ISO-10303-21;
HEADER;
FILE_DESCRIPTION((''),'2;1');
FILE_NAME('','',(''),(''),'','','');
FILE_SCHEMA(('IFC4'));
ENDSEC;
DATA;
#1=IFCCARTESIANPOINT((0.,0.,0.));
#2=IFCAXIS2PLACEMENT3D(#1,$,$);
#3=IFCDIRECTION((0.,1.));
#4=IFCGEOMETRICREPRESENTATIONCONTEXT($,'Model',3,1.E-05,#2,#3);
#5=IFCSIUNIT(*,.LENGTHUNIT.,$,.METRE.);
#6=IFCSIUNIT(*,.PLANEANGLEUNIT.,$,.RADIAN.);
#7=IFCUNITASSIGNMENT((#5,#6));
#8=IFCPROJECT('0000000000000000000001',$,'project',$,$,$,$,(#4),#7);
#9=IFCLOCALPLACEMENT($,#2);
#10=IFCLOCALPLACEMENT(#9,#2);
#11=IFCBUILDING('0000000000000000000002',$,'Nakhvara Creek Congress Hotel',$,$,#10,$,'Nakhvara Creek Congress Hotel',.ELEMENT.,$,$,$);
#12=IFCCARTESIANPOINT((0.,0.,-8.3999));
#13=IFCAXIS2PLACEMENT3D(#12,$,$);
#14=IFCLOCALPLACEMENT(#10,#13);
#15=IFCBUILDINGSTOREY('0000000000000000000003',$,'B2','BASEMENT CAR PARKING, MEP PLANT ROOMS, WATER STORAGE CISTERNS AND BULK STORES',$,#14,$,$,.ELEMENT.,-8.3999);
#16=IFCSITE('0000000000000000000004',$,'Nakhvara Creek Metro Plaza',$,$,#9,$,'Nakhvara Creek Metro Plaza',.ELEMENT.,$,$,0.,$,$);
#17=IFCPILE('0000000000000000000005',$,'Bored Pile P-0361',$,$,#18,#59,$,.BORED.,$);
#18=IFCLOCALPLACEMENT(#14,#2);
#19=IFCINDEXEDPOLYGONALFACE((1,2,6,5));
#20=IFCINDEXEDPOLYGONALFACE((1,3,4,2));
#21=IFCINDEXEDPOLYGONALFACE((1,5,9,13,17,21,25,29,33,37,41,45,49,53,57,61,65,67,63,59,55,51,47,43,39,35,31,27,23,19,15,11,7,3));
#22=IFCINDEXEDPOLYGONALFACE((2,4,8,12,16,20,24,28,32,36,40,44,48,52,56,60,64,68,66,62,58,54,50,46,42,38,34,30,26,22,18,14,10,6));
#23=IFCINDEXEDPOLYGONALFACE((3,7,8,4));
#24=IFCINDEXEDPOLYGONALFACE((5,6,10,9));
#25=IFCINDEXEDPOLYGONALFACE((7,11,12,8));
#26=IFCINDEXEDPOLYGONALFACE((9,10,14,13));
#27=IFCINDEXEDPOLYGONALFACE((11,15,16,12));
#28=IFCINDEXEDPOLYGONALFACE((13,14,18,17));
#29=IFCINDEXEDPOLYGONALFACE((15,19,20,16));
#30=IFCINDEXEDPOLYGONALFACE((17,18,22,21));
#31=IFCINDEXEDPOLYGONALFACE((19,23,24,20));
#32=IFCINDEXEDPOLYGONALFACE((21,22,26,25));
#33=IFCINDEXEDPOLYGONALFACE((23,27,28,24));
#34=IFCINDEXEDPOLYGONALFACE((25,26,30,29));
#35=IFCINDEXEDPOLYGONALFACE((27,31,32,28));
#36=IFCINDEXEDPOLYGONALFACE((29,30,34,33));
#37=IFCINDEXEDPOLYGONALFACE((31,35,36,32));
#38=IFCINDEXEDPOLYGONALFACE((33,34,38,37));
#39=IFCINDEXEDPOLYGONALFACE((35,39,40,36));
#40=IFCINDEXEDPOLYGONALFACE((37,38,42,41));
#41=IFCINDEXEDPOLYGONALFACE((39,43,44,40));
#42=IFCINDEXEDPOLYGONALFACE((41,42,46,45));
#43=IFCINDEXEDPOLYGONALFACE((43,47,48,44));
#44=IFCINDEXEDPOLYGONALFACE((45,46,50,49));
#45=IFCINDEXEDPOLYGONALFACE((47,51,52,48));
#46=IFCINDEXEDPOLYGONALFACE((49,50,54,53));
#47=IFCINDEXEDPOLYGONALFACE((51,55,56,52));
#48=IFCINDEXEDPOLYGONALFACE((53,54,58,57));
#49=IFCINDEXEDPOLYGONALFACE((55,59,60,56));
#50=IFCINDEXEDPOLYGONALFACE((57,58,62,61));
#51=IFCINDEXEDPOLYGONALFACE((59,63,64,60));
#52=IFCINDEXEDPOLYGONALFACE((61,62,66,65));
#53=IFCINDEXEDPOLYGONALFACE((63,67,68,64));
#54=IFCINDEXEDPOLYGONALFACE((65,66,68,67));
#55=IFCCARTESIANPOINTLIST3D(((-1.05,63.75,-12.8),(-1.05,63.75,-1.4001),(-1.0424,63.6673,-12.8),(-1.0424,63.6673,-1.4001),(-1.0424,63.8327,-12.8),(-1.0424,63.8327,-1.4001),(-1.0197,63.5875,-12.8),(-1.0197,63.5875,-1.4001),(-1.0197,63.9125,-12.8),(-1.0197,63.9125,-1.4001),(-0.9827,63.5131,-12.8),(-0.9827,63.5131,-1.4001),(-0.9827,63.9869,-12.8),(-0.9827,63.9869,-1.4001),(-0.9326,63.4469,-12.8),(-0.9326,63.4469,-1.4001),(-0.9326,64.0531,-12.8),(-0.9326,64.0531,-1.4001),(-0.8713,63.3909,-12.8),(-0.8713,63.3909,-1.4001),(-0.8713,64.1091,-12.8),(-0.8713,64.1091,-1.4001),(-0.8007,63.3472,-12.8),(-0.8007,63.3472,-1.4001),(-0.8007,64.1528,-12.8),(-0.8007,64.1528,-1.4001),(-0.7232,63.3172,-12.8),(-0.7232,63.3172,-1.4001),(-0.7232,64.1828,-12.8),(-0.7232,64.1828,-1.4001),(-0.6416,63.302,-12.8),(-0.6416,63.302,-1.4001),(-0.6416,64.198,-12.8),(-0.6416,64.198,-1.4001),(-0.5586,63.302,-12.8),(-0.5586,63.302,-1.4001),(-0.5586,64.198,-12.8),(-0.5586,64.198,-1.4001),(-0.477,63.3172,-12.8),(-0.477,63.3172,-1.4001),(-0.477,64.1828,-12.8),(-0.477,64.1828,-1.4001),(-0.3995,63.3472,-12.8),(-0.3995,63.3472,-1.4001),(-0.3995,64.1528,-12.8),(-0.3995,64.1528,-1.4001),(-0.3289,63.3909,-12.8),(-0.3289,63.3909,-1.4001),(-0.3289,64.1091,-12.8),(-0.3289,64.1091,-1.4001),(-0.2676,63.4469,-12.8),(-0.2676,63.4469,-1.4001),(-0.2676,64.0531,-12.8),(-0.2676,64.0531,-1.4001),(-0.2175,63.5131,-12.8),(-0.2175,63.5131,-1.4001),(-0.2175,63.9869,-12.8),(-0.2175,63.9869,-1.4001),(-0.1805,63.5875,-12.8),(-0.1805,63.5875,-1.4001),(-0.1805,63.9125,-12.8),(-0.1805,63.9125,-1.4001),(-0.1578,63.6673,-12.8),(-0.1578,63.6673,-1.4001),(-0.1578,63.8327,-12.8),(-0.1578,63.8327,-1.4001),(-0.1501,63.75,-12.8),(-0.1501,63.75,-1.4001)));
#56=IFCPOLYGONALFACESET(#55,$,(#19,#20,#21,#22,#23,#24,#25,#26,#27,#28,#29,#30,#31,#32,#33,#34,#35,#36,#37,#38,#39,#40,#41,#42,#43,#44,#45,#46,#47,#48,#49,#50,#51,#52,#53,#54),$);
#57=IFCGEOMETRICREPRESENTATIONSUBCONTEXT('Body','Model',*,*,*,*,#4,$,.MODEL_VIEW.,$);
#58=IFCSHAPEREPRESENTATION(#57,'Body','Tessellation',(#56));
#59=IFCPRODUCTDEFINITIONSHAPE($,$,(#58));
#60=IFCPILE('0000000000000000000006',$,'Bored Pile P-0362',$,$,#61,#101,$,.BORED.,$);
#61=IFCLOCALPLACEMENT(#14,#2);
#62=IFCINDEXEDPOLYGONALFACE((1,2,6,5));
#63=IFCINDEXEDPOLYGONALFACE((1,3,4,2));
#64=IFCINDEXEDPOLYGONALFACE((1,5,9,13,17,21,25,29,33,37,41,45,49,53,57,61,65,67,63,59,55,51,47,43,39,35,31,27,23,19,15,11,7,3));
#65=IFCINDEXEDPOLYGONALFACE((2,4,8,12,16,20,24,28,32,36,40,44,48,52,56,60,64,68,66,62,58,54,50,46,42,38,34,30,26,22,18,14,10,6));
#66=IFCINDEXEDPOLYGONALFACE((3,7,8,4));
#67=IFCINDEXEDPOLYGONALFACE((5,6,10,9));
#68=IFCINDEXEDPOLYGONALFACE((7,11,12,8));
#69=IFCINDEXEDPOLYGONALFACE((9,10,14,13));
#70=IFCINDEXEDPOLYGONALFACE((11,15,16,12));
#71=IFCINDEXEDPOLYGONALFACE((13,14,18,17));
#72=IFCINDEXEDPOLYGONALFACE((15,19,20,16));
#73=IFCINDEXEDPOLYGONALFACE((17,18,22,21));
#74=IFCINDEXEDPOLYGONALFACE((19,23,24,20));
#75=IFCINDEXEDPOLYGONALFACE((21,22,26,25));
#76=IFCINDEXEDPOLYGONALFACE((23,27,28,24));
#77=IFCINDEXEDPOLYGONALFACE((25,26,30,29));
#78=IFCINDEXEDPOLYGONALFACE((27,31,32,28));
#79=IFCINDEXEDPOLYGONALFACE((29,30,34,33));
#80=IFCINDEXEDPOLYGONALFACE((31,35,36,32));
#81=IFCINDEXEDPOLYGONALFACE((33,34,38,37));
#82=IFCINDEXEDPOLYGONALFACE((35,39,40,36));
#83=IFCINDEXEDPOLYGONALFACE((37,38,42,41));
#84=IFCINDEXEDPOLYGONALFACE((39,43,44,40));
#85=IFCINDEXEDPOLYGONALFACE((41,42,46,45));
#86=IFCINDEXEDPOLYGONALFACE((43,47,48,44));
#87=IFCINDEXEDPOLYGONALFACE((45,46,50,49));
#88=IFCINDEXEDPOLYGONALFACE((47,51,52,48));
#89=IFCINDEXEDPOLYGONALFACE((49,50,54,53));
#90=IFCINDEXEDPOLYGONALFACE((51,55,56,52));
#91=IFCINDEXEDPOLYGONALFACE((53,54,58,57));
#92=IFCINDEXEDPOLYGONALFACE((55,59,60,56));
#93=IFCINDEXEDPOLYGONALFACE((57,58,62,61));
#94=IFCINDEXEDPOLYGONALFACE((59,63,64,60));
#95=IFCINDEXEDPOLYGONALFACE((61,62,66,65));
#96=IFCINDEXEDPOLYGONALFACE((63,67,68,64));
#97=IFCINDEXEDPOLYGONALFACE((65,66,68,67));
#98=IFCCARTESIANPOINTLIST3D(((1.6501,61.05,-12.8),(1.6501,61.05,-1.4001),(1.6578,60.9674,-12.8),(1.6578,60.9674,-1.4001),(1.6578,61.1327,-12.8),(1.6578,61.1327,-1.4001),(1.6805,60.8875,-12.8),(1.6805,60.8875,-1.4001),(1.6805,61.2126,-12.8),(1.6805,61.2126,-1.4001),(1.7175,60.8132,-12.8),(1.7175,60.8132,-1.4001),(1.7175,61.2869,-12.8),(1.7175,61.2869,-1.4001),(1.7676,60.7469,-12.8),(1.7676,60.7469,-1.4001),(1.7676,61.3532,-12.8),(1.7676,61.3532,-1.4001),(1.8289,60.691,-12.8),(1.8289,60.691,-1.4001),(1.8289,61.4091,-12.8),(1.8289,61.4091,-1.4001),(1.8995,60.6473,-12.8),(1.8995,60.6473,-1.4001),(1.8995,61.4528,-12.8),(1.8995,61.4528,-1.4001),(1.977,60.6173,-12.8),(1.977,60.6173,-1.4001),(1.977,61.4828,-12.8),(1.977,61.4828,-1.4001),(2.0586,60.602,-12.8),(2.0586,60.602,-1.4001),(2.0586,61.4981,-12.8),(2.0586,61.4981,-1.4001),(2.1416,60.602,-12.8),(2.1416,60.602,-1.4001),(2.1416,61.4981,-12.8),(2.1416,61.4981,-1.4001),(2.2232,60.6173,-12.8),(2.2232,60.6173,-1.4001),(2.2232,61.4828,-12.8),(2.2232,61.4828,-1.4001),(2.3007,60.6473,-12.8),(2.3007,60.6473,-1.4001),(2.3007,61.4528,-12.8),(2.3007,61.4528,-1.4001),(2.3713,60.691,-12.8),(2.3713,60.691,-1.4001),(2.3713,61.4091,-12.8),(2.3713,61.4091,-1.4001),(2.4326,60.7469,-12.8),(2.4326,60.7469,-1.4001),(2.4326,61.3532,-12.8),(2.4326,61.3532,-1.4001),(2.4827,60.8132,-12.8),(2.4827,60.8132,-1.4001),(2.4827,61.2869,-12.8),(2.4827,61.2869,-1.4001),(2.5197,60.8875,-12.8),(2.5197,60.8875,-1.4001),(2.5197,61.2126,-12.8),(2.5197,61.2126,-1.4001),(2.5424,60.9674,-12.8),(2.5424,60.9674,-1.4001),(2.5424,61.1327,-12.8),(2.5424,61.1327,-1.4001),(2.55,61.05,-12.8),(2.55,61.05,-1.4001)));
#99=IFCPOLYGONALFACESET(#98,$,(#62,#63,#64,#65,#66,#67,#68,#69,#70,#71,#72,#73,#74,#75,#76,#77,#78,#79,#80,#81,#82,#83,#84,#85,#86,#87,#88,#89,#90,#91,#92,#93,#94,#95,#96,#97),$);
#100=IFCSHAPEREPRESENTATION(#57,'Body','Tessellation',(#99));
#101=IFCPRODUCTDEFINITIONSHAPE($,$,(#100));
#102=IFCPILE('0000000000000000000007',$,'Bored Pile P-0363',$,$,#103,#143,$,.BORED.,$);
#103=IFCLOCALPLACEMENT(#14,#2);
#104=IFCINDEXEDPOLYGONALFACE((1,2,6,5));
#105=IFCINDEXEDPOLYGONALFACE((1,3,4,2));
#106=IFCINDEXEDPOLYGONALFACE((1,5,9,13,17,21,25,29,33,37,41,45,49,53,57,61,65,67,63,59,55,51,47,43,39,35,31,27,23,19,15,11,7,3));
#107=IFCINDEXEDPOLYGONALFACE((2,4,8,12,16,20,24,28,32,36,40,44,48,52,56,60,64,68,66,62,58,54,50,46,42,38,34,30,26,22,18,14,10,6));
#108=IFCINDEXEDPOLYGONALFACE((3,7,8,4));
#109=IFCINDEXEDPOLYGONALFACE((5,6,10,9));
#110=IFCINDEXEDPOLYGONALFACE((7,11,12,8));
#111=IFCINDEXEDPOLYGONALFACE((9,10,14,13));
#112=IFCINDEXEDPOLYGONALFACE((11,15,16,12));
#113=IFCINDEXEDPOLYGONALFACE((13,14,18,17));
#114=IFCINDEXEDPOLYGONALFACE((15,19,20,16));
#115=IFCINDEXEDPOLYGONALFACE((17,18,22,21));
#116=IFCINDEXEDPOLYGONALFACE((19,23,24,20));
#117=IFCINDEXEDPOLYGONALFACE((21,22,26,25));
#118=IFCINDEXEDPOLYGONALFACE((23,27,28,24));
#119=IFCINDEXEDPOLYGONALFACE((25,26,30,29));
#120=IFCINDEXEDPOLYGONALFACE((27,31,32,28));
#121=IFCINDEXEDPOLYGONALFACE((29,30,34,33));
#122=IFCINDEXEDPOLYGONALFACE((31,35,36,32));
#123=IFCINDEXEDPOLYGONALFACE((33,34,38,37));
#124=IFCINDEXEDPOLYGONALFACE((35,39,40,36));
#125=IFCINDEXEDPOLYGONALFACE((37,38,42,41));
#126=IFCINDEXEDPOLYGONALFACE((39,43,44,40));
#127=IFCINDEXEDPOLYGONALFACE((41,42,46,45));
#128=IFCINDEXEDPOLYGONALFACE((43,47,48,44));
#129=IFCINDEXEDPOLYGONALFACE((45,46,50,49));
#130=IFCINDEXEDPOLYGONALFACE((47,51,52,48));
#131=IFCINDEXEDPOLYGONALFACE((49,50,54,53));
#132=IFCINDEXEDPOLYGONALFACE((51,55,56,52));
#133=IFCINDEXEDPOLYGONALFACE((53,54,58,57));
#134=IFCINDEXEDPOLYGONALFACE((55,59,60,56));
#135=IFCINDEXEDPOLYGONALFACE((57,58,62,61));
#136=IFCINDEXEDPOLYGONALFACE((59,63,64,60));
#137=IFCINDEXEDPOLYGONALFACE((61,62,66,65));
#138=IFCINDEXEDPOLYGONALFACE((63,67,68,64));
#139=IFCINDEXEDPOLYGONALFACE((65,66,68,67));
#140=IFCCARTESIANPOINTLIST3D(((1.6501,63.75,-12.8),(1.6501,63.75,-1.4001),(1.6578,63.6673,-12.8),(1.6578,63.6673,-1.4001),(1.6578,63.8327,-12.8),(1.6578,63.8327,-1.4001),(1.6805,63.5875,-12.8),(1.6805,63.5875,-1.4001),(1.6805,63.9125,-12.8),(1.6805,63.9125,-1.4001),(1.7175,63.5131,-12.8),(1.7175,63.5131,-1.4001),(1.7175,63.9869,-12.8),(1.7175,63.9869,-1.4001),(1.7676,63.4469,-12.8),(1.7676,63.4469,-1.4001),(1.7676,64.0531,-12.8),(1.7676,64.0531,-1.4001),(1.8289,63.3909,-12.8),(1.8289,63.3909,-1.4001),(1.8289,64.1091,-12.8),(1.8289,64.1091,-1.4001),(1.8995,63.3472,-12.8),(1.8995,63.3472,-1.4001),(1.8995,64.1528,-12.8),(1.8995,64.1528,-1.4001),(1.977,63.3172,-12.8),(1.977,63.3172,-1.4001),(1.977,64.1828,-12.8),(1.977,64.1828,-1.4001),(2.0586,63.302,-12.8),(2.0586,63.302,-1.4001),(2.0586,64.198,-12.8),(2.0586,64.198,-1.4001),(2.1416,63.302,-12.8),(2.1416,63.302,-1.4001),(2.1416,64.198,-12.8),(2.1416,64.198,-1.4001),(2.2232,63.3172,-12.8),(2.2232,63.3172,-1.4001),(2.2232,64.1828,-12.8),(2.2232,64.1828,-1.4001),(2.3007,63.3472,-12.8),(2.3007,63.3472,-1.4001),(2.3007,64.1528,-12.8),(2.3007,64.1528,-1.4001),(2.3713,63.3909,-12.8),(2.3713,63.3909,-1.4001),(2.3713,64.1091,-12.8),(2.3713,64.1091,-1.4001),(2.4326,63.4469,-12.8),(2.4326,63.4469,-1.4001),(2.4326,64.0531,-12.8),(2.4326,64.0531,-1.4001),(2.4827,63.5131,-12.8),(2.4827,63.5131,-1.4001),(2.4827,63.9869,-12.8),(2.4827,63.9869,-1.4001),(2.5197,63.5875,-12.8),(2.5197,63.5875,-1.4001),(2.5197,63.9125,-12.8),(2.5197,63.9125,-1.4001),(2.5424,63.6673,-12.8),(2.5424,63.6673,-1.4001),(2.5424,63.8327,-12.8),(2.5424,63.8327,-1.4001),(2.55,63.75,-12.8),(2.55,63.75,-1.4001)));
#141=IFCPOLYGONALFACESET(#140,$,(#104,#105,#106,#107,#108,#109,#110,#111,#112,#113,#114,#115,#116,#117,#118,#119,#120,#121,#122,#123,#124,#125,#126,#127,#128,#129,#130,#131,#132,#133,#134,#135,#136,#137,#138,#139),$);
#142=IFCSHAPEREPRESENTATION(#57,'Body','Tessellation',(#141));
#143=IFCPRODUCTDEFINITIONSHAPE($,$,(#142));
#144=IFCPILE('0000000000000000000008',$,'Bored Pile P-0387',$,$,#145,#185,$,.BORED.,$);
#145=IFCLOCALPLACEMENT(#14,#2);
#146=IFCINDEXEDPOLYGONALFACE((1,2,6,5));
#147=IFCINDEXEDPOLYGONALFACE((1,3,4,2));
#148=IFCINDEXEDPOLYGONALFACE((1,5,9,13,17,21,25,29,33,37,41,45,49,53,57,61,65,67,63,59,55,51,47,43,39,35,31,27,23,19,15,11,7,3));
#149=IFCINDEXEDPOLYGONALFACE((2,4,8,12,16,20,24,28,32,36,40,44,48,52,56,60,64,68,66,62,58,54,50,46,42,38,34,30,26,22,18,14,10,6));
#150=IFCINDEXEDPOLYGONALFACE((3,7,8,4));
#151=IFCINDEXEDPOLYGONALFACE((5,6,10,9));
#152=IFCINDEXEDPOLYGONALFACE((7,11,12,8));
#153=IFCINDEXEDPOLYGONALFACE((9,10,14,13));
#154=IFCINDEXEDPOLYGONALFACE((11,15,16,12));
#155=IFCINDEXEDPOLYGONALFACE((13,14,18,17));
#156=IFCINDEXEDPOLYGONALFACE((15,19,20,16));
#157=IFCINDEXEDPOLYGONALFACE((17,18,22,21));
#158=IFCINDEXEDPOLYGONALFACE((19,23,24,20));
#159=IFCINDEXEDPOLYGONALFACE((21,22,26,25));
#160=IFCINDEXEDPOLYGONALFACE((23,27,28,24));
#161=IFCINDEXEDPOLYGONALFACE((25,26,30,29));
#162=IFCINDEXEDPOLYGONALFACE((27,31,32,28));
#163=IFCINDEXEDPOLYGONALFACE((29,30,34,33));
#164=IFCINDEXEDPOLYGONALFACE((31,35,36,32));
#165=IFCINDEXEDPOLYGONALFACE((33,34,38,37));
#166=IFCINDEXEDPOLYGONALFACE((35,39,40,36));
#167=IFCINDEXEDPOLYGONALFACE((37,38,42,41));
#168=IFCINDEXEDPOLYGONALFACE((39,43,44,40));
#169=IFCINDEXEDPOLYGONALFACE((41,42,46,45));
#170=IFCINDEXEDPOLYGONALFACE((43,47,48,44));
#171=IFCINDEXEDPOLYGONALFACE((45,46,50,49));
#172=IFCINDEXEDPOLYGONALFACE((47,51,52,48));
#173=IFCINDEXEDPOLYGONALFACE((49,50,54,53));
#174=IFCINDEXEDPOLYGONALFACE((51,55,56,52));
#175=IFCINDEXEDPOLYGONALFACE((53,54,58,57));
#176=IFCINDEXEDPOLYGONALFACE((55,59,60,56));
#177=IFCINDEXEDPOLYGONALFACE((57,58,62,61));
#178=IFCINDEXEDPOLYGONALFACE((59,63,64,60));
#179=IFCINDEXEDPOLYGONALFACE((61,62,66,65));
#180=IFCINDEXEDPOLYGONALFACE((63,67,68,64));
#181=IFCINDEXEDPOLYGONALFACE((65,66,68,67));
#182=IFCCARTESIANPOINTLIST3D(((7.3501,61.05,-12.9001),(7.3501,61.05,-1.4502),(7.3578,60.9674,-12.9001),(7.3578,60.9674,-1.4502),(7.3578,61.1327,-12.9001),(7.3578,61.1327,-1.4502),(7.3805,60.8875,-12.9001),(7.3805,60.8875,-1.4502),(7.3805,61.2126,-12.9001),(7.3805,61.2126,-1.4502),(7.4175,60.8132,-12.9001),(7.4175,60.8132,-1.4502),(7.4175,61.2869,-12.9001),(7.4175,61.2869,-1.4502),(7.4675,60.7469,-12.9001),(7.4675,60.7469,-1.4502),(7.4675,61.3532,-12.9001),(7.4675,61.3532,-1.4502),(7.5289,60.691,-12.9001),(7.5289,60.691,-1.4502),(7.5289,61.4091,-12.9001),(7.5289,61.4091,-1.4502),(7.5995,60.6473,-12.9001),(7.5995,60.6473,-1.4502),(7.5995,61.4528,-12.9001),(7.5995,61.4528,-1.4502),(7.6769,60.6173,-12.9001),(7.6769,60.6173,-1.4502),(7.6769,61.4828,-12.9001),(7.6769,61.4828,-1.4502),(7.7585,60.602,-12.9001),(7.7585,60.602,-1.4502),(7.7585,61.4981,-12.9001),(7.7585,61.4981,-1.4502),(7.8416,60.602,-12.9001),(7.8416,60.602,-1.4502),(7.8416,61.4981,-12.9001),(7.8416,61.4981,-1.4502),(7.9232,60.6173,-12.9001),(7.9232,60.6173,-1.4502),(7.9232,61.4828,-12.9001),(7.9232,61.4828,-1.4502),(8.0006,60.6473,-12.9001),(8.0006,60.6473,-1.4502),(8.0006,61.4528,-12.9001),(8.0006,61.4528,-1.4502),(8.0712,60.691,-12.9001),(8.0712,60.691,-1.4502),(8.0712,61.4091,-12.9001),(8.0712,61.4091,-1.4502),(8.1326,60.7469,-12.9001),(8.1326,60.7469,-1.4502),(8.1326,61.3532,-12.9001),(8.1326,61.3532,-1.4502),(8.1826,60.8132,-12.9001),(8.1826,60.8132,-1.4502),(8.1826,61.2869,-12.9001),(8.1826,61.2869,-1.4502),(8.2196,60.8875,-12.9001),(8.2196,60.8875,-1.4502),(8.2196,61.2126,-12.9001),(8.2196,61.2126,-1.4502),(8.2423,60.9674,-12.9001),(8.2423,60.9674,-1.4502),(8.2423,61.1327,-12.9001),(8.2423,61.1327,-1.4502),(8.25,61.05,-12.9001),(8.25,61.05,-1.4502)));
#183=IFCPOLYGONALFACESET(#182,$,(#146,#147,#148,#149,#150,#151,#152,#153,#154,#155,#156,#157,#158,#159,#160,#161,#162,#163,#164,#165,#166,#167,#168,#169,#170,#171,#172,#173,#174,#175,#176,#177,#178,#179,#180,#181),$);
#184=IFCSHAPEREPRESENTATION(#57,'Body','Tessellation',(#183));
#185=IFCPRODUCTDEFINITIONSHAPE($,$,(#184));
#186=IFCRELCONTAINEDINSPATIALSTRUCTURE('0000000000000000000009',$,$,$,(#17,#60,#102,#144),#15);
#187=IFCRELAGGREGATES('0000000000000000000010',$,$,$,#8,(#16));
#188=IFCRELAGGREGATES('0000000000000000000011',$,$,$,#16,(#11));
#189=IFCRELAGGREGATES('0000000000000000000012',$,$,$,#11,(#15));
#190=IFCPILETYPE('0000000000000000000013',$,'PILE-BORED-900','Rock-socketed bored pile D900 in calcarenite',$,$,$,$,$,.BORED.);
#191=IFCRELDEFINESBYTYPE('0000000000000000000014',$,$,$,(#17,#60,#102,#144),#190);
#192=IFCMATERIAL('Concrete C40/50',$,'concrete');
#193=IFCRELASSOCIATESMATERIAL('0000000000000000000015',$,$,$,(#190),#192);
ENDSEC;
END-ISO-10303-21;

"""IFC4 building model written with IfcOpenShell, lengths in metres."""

from ifc_helpers import new_model, si_unit, direction, frame, origin, origin_2d, place, context, subcontext, project, spatial, circle, extrude, material, material_profile, profile_set, type_object, element, save


model = new_model("IFC4")

# Units and contexts
model_context = context("Model", 3, precision=1e-05, world=origin(), true_north=direction((0.0, 1.0)))
body_context = subcontext(model_context, "Body", "Model", "MODEL_VIEW")
ifc_project = project(units=[si_unit("LENGTHUNIT", "METRE"), si_unit("PLANEANGLEUNIT", "RADIAN")], contexts=[model_context])

# Site, building, storey
site_placement = place(None, origin())
site = spatial("IfcSite", under=ifc_project, at=site_placement, Name="Nakhvara Creek Metro Plaza", LongName="Nakhvara Creek Metro Plaza", CompositionType="ELEMENT", RefElevation=0.0)
building_placement = place(site_placement, origin())
building = spatial("IfcBuilding", under=site, at=building_placement, Name="Nakhvara Creek Congress Hotel", LongName="Nakhvara Creek Congress Hotel", CompositionType="ELEMENT")
storey_placement = place(building_placement, frame((0.0, 0.0, -8.3999)))
storey = spatial("IfcBuildingStorey", under=building, at=storey_placement, Name="B2", Description="BASEMENT CAR PARKING, MEP PLANT ROOMS, WATER STORAGE CISTERNS AND BULK STORES", CompositionType="ELEMENT", Elevation=-8.3999)

# Shared definitions
ifc_material_1 = material(Name="Concrete C40/50", Category="concrete")

# Piles
ifc_material_profile_1 = material_profile(ifc_material_1, circle(Radius=0.45, at=origin_2d()), Name="BORED PILE D900", Category="LoadBearing")
ifc_profile_set_1 = profile_set([ifc_material_profile_1], Name="Concrete C40/50")
pile_type = type_object("IfcPileType", Name="PILE-BORED-900", Description="Rock-socketed bored pile D900 in calcarenite", PredefinedType="BORED", material=ifc_profile_set_1)
for number, where, z_axis, x_axis, name in (
    (1, (-0.6001, 63.75, -1.4001), (0.0, 0.0, -1.0), (1.0, 0.0, 0.0), "Bored Pile P-0361"),
    (2, (2.1001, 61.05, -1.4001), (0.0, 0.0, -1.0), (1.0, 0.0, 0.0), "Bored Pile P-0362"),
    (3, (2.1001, 63.75, -1.4001), (0.0, 0.0, -1.0), (1.0, 0.0, 0.0), "Bored Pile P-0363"),
):
    element("IfcPile", number, at=place(storey_placement, frame(where, z_axis=z_axis, x_axis=x_axis)), inside=storey, type_object=pile_type, Name=name, PredefinedType="BORED", context=body_context, shape_type="SweptSolid", body=[
        extrude(circle(Radius=0.45, at=origin_2d()), origin(), (0.0, 0.0, 1.0), 11.3999),
    ])
for number, where, z_axis, x_axis, name in (
    (4, (7.8, 61.05, -1.4502), (0.0, 0.0, -1.0), (1.0, 0.0, 0.0), "Bored Pile P-0387"),
):
    element("IfcPile", number, at=place(storey_placement, frame(where, z_axis=z_axis, x_axis=x_axis)), inside=storey, type_object=pile_type, Name=name, PredefinedType="BORED", context=body_context, shape_type="SweptSolid", body=[
        extrude(circle(Radius=0.45, at=origin_2d()), origin(), (0.0, 0.0, 1.0), 11.45),
    ])

save(model, "model.ifc")
